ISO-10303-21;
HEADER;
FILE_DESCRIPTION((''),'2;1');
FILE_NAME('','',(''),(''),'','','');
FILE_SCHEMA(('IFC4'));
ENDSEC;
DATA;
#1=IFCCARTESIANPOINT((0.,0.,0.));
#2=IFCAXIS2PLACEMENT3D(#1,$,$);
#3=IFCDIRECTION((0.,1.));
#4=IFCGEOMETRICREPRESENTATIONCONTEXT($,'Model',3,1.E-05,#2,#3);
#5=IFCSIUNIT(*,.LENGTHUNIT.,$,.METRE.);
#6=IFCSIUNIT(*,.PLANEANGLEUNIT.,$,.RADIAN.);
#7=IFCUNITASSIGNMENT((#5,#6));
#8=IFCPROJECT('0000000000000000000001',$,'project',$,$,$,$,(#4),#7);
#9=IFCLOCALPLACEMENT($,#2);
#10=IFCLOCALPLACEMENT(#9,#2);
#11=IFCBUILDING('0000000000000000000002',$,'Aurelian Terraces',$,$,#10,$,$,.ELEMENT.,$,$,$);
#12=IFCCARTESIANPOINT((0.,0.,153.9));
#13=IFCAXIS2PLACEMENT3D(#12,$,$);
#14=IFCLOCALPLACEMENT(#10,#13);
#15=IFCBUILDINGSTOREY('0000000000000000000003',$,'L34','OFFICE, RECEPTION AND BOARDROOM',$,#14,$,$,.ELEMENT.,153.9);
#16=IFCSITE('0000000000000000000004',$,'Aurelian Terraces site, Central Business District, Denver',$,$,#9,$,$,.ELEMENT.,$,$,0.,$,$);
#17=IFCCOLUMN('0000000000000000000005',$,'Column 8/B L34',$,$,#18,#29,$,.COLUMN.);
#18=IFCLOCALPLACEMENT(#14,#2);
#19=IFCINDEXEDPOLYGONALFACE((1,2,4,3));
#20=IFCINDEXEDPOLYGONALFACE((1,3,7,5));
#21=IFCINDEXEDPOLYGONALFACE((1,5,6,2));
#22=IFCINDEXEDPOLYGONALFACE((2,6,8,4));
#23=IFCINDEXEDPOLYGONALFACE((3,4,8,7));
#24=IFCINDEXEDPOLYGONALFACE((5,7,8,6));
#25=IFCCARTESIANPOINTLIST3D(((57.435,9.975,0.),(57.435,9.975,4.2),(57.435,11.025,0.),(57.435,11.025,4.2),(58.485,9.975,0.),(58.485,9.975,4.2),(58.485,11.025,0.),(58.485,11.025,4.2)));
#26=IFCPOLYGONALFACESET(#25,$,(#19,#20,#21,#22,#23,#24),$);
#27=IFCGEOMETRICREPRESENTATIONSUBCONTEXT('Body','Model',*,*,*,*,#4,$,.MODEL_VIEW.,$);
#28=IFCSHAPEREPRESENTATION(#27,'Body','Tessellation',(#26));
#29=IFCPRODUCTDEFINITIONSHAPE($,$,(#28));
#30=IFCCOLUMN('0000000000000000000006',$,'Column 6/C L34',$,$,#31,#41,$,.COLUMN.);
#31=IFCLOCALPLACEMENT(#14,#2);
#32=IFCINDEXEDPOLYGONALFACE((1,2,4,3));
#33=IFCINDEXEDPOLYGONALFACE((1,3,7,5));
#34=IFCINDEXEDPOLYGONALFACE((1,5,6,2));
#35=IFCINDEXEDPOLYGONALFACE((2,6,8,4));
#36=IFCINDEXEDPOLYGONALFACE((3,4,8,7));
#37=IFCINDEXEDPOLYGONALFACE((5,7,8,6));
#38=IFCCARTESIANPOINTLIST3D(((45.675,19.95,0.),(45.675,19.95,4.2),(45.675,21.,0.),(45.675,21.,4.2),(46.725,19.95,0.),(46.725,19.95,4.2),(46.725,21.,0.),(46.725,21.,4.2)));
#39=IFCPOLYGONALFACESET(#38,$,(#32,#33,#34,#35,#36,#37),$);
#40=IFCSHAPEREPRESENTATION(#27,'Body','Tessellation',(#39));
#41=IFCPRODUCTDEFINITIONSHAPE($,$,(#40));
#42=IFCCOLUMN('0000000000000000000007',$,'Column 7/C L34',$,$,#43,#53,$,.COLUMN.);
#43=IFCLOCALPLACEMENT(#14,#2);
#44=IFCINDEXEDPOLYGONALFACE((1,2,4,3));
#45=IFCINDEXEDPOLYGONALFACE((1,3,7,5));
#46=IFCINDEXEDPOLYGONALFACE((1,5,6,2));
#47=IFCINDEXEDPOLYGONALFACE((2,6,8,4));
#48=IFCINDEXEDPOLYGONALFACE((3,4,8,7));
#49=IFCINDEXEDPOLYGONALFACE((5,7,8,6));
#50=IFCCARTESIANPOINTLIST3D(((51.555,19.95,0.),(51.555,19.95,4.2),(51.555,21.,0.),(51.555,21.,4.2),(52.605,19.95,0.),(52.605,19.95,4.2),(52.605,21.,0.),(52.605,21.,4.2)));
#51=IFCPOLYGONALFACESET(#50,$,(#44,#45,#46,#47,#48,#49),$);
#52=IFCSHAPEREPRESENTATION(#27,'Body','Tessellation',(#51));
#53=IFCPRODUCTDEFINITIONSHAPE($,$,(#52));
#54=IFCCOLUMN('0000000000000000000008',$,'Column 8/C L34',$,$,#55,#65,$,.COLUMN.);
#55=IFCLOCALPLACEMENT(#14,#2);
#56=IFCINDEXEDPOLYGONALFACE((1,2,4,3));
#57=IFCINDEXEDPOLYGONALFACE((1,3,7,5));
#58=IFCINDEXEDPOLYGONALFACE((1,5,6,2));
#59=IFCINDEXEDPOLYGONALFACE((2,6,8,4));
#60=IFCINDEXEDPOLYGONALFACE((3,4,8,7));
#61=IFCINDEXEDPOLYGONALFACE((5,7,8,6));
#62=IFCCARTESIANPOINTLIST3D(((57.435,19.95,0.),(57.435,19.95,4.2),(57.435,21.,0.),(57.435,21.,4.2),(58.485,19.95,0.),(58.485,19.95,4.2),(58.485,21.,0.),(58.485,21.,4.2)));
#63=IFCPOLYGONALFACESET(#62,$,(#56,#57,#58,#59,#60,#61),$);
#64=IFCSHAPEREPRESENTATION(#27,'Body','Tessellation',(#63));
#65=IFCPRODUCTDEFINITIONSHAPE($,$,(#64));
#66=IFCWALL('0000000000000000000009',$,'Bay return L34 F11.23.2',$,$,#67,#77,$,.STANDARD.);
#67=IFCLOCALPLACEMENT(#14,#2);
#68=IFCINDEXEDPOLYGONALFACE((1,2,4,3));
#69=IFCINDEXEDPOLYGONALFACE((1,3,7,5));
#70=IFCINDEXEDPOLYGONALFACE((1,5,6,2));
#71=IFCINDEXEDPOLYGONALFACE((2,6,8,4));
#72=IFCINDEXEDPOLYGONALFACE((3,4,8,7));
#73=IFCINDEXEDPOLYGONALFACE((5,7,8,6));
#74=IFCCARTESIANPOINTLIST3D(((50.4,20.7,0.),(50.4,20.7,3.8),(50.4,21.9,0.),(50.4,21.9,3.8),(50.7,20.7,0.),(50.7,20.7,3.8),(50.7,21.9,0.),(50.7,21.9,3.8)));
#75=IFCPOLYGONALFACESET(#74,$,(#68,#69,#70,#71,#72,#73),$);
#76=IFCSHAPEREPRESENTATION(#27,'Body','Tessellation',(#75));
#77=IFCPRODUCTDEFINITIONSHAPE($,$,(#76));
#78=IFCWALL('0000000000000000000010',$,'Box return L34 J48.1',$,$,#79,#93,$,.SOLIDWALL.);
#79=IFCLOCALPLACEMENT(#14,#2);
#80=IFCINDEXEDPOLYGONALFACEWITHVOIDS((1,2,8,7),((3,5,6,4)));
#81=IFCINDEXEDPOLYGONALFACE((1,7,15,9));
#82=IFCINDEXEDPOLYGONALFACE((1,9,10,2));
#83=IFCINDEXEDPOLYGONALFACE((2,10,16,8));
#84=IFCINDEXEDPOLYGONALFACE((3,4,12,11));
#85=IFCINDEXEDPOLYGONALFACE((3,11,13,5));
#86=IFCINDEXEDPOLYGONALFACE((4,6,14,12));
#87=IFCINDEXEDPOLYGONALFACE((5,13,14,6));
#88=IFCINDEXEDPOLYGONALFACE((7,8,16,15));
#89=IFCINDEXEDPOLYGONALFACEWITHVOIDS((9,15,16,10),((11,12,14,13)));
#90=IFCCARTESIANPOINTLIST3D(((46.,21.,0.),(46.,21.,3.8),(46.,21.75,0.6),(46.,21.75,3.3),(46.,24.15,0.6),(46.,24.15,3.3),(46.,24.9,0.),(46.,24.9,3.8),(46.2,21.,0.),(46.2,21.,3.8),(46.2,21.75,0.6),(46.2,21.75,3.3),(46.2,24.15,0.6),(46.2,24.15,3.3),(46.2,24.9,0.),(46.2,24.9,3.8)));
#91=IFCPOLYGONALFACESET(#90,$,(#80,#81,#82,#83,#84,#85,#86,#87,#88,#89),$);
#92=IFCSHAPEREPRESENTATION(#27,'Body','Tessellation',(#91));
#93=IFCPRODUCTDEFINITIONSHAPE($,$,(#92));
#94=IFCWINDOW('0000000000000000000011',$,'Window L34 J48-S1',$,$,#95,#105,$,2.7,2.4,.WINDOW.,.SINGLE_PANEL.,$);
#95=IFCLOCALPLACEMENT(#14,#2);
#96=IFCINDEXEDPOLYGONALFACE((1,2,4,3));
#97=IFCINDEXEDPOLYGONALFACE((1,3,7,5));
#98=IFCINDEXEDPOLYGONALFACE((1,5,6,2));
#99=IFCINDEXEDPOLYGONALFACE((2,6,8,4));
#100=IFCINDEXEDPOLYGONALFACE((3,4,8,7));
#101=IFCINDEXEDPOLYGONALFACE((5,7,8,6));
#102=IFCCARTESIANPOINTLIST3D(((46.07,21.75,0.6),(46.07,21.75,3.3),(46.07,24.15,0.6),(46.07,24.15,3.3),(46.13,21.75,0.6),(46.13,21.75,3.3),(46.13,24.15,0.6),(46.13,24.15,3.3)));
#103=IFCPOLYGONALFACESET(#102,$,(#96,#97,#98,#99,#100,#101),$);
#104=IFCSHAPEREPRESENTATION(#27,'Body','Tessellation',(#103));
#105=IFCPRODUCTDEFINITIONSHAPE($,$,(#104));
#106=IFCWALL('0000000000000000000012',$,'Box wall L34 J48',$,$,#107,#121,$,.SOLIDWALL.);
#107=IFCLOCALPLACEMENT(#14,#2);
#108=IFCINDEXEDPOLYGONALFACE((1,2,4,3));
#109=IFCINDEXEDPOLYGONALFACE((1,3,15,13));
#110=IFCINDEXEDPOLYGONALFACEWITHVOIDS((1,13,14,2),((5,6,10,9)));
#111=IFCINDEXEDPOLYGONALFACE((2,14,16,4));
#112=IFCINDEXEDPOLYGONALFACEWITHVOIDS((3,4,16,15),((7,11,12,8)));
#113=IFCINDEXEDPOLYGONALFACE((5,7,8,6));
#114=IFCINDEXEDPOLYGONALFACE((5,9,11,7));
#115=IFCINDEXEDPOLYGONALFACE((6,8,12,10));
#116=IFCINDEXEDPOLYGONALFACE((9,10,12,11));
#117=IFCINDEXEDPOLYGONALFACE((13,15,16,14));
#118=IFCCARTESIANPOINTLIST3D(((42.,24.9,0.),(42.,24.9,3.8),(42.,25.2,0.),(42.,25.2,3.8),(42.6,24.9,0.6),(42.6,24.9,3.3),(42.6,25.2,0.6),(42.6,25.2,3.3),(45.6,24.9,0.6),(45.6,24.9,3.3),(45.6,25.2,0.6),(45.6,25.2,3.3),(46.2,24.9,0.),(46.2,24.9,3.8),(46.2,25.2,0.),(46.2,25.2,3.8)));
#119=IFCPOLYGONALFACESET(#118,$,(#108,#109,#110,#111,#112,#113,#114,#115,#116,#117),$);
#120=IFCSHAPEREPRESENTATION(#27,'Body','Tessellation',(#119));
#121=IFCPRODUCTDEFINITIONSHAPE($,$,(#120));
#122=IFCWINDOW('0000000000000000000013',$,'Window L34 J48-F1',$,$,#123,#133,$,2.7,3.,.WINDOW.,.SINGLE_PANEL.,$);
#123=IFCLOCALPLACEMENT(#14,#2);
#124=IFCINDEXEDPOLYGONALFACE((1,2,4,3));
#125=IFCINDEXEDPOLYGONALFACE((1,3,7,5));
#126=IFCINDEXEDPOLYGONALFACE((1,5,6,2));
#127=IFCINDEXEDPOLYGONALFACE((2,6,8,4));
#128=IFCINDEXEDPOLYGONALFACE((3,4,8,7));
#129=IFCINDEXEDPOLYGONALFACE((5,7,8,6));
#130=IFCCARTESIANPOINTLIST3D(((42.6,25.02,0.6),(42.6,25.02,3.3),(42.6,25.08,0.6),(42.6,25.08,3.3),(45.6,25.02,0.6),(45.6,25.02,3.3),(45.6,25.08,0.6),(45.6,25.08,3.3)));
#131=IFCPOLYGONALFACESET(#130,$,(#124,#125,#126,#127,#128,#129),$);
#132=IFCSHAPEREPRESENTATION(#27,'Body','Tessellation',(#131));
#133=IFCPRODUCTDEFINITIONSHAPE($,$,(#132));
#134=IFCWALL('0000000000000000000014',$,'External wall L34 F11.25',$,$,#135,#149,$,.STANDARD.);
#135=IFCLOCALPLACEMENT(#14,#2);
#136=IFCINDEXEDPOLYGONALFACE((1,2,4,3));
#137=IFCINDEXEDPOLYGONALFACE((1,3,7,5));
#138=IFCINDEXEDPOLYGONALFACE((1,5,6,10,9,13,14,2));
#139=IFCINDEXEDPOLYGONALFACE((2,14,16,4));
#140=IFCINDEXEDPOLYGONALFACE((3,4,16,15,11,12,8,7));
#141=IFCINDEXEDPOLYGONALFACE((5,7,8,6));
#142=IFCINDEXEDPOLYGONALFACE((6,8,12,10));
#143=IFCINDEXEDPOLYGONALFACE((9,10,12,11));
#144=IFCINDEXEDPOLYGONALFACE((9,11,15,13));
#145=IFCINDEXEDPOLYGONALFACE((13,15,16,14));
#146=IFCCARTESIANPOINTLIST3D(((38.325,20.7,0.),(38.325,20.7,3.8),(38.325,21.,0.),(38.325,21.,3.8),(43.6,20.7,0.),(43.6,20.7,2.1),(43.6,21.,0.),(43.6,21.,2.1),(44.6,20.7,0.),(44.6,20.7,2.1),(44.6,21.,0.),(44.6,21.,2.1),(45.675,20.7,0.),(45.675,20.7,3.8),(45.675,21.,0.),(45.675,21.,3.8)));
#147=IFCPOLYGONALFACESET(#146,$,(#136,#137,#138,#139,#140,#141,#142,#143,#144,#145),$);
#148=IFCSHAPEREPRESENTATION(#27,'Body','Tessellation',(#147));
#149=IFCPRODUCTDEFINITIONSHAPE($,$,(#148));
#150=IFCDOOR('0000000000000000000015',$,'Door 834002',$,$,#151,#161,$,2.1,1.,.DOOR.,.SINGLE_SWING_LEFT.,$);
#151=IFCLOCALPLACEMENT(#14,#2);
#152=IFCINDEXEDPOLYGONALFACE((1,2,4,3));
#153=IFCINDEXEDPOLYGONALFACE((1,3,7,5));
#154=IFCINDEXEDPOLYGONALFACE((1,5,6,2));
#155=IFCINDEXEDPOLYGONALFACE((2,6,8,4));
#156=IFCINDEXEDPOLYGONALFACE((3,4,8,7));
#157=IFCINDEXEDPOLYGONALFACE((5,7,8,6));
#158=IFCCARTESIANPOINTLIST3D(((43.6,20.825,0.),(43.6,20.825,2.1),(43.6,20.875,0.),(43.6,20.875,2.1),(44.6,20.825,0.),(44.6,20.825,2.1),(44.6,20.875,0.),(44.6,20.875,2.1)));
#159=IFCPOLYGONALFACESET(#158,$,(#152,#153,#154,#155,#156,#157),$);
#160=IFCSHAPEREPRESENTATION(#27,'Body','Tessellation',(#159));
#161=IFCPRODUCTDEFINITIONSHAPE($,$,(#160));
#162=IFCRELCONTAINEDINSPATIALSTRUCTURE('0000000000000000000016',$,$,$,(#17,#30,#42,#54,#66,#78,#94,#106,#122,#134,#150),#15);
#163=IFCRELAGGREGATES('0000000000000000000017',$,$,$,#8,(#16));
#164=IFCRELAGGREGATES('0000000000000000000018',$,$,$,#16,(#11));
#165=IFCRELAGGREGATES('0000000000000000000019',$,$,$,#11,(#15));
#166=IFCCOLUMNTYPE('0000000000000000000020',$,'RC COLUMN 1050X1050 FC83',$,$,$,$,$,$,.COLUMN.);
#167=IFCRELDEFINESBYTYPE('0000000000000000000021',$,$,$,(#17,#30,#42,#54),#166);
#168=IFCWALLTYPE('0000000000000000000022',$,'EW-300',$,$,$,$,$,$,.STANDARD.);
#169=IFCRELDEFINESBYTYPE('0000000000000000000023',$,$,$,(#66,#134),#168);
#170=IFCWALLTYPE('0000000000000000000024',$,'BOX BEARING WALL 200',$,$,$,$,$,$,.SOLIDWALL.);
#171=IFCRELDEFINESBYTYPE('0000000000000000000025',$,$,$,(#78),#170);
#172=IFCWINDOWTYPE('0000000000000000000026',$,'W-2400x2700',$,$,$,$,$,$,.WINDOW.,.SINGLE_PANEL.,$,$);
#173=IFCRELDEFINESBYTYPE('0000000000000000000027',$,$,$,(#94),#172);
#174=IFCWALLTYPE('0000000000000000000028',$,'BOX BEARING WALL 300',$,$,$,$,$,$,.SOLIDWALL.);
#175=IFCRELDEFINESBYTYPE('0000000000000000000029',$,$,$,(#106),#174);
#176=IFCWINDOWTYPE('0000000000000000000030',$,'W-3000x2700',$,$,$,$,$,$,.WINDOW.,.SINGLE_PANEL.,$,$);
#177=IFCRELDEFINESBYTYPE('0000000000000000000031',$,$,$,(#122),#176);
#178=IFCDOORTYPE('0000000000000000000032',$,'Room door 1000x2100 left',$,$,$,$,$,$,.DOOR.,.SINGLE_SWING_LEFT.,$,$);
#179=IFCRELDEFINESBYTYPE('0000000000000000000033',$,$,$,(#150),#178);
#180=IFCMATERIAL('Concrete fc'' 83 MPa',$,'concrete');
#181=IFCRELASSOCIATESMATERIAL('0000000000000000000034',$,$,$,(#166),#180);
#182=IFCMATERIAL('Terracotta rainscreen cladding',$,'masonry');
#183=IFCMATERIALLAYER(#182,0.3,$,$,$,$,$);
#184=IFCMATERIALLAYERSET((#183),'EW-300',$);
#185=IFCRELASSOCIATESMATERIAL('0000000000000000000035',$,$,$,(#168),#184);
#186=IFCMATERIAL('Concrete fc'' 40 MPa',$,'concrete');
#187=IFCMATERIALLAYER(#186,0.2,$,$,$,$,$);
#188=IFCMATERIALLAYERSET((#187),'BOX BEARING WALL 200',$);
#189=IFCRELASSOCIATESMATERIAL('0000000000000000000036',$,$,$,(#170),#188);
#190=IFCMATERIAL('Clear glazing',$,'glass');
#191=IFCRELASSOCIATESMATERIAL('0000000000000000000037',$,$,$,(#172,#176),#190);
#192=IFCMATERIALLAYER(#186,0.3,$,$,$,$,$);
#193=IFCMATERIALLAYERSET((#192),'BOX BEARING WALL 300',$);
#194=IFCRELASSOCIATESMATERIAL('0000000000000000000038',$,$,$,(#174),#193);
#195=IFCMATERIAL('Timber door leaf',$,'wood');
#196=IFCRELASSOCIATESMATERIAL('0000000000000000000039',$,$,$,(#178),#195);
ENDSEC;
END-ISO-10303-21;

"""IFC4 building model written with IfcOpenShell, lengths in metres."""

from ifc_helpers import new_model, si_unit, direction, frame, frame_2d, origin, origin_2d, place, context, subcontext, project, spatial, rectangle, extrude, source, transform, mapped, material, layer, layer_set, material_profile, profile_set, type_object, element, fill, save


model = new_model("IFC4")

# Units and contexts
model_context = context("Model", 3, precision=1e-05, world=origin(), true_north=direction((0.0, 1.0)))
body_context = subcontext(model_context, "Body", "Model", "MODEL_VIEW")
ifc_project = project(units=[si_unit("LENGTHUNIT", "METRE"), si_unit("PLANEANGLEUNIT", "RADIAN")], contexts=[model_context])

# Site, building, storey
site_placement = place(None, origin())
site = spatial("IfcSite", under=ifc_project, at=site_placement, Name="Aurelian Terraces site, Central Business District, Denver", CompositionType="ELEMENT", RefElevation=0.0)
building_placement = place(site_placement, origin())
building = spatial("IfcBuilding", under=site, at=building_placement, Name="Aurelian Terraces", CompositionType="ELEMENT")
storey_placement = place(building_placement, frame((0.0, 0.0, 153.9)))
storey = spatial("IfcBuildingStorey", under=building, at=storey_placement, Name="L34", Description="OFFICE, RECEPTION AND BOARDROOM", CompositionType="ELEMENT", Elevation=153.9)

# Columns
ifc_material_1 = material(Name="Concrete fc' 83 MPa", Category="concrete")
ifc_material_profile = material_profile(ifc_material_1, rectangle(XDim=1.05, YDim=1.05, at=origin_2d()))
ifc_profile_set = profile_set([ifc_material_profile], Name="Concrete fc' 83 MPa")
column_type = type_object("IfcColumnType", Name="RC COLUMN 1050X1050 FC83", PredefinedType="COLUMN", material=ifc_profile_set)
shared_shape_1 = source(origin(), body_context, "Body", "SweptSolid", [
    extrude(rectangle(XDim=1.05, YDim=1.05, at=origin_2d()), origin(), (0.0, 0.0, 1.0), 4.2),
])
for number, where, z_axis, x_axis, name in (
    (1, (57.96, 10.5, 0.0), (0.0, 0.0, 1.0), (1.0, 0.0, 0.0), "Column 8/B L34"),
    (2, (46.2, 20.475, 0.0), (0.0, 0.0, 1.0), (1.0, 0.0, 0.0), "Column 6/C L34"),
    (3, (52.08, 20.475, 0.0), (0.0, 0.0, 1.0), (1.0, 0.0, 0.0), "Column 7/C L34"),
    (4, (57.96, 20.475, 0.0), (0.0, 0.0, 1.0), (1.0, 0.0, 0.0), "Column 8/C L34"),
):
    element("IfcColumn", number, at=place(storey_placement, frame(where, z_axis=z_axis, x_axis=x_axis)), inside=storey, type_object=column_type, Name=name, PredefinedType="COLUMN", context=body_context, shape_type="MappedRepresentation", body=[
        mapped(shared_shape_1, transform((0.0, 0.0, 0.0), scale=1.0)),
    ])

# Wall
ifc_material_2 = material(Name="Terracotta rainscreen cladding", Category="masonry")
ifc_layer_1 = layer(ifc_material_2, 0.3)
ifc_layer_set_1 = layer_set([ifc_layer_1], Name="EW-300")
wall_type_1 = type_object("IfcWallType", Name="EW-300", PredefinedType="STANDARD", material=ifc_layer_set_1)
shared_shape_2 = source(origin(), body_context, "Body", "SweptSolid", [
    extrude(rectangle(XDim=1.2, YDim=0.3, at=frame_2d((0.6, 0.0))), origin(), (0.0, 0.0, 1.0), 3.8),
])
wall_1_placement = place(storey_placement, frame((50.55, 20.7, 0.0), z_axis=(0.0, 0.0, 1.0), x_axis=(0.0, 1.0, 0.0)))
element("IfcWall", 5, at=wall_1_placement, inside=storey, type_object=wall_type_1, Name="Bay return L34 F11.23.2", PredefinedType="STANDARD", context=body_context, shape_type="MappedRepresentation", body=[
    mapped(shared_shape_2, transform((0.0, 0.0, 0.0), scale=1.0)),
])

# Walls, openings, windows
ifc_material_3 = material(Name="Concrete fc' 40 MPa", Category="concrete")
ifc_layer_2 = layer(ifc_material_3, 0.2)
ifc_layer_set_2 = layer_set([ifc_layer_2], Name="BOX BEARING WALL 200")
wall_type_2 = type_object("IfcWallType", Name="BOX BEARING WALL 200", PredefinedType="SOLIDWALL", material=ifc_layer_set_2)
shared_shape_3 = source(origin(), body_context, "Body", "SweptSolid", [
    extrude(rectangle(XDim=3.9, YDim=0.2, at=frame_2d((1.95, 0.0))), origin(), (0.0, 0.0, 1.0), 3.8),
])
wall_2_placement = place(storey_placement, frame((46.1, 21.0, 0.0), z_axis=(0.0, 0.0, 1.0), x_axis=(0.0, 1.0, 0.0)))
wall_2 = element("IfcWall", 6, at=wall_2_placement, inside=storey, type_object=wall_type_2, Name="Box return L34 J48.1", PredefinedType="SOLIDWALL", context=body_context, shape_type="MappedRepresentation", body=[
    mapped(shared_shape_3, transform((0.0, 0.0, 0.0), scale=1.0)),
])
shared_shape_4 = source(origin(), body_context, "Body", "SweptSolid", [
    extrude(rectangle(XDim=2.4, YDim=2.7, at=frame_2d((1.2, 1.35))), frame((0.0, 0.11, 0.0), z_axis=(0.0, -1.0, 0.0), x_axis=(1.0, 0.0, 0.0)), (0.0, 0.0, 1.0), 0.22),
])
opening_1_placement = place(wall_2_placement, frame((0.75, 0.0, 0.6)))
opening_1 = element("IfcOpeningElement", 7, at=opening_1_placement, cuts=wall_2, PredefinedType="OPENING", context=body_context, shape_type="MappedRepresentation", body=[
    mapped(shared_shape_4, transform((0.0, 0.0, 0.0), scale=1.0)),
])
ifc_material_4 = material(Name="Clear glazing", Category="glass")
window_type_1 = type_object("IfcWindowType", Name="W-2400x2700", PartitioningType="SINGLE_PANEL", PredefinedType="WINDOW", material=ifc_material_4)
shared_shape_5 = source(origin(), body_context, "Body", "SweptSolid", [
    extrude(rectangle(XDim=2.4, YDim=2.7, at=frame_2d((1.2, 1.35))), frame((0.0, 0.03, 0.0), z_axis=(0.0, -1.0, 0.0), x_axis=(1.0, 0.0, 0.0)), (0.0, 0.0, 1.0), 0.06),
])
window_1_placement = place(opening_1_placement, origin())
window_1 = element("IfcWindow", 8, at=window_1_placement, inside=storey, type_object=window_type_1, Name="Window L34 J48-S1", OverallHeight=2.7, OverallWidth=2.4, PartitioningType="SINGLE_PANEL", PredefinedType="WINDOW", context=body_context, shape_type="MappedRepresentation", body=[
    mapped(shared_shape_5, transform((0.0, 0.0, 0.0), scale=1.0)),
])
fill(opening_1, window_1)
ifc_layer_3 = layer(ifc_material_3, 0.3)
ifc_layer_set_3 = layer_set([ifc_layer_3], Name="BOX BEARING WALL 300")
wall_type_3 = type_object("IfcWallType", Name="BOX BEARING WALL 300", PredefinedType="SOLIDWALL", material=ifc_layer_set_3)
shared_shape_6 = source(origin(), body_context, "Body", "SweptSolid", [
    extrude(rectangle(XDim=4.2, YDim=0.3, at=frame_2d((2.1, 0.0))), origin(), (0.0, 0.0, 1.0), 3.8),
])
wall_3_placement = place(storey_placement, frame((46.2, 25.05, 0.0), z_axis=(0.0, 0.0, 1.0), x_axis=(-1.0, 0.0, 0.0)))
wall_3 = element("IfcWall", 9, at=wall_3_placement, inside=storey, type_object=wall_type_3, Name="Box wall L34 J48", PredefinedType="SOLIDWALL", context=body_context, shape_type="MappedRepresentation", body=[
    mapped(shared_shape_6, transform((0.0, 0.0, 0.0), scale=1.0)),
])
shared_shape_7 = source(origin(), body_context, "Body", "SweptSolid", [
    extrude(rectangle(XDim=3.0, YDim=2.7, at=frame_2d((1.5, 1.35))), frame((0.0, 0.16, 0.0), z_axis=(0.0, -1.0, 0.0), x_axis=(1.0, 0.0, 0.0)), (0.0, 0.0, 1.0), 0.32),
])
opening_2_placement = place(wall_3_placement, frame((0.6, 0.0, 0.6)))
opening_2 = element("IfcOpeningElement", 10, at=opening_2_placement, cuts=wall_3, PredefinedType="OPENING", context=body_context, shape_type="MappedRepresentation", body=[
    mapped(shared_shape_7, transform((0.0, 0.0, 0.0), scale=1.0)),
])
window_type_2 = type_object("IfcWindowType", Name="W-3000x2700", PartitioningType="SINGLE_PANEL", PredefinedType="WINDOW", material=ifc_material_4)
shared_shape_8 = source(origin(), body_context, "Body", "SweptSolid", [
    extrude(rectangle(XDim=3.0, YDim=2.7, at=frame_2d((1.5, 1.35))), frame((0.0, 0.03, 0.0), z_axis=(0.0, -1.0, 0.0), x_axis=(1.0, 0.0, 0.0)), (0.0, 0.0, 1.0), 0.06),
])
window_2_placement = place(opening_2_placement, origin())
window_2 = element("IfcWindow", 11, at=window_2_placement, inside=storey, type_object=window_type_2, Name="Window L34 J48-F1", OverallHeight=2.7, OverallWidth=3.0, PartitioningType="SINGLE_PANEL", PredefinedType="WINDOW", context=body_context, shape_type="MappedRepresentation", body=[
    mapped(shared_shape_8, transform((0.0, 0.0, 0.0), scale=1.0)),
])
fill(opening_2, window_2)

# Wall, opening, door
shared_shape_9 = source(origin(), body_context, "Body", "SweptSolid", [
    extrude(rectangle(XDim=7.35, YDim=0.3, at=frame_2d((3.675, 0.0))), origin(), (0.0, 0.0, 1.0), 3.8),
])
wall_4_placement = place(storey_placement, frame((45.675, 20.85, 0.0), z_axis=(0.0, 0.0, 1.0), x_axis=(-1.0, 0.0, 0.0)))
wall_4 = element("IfcWall", 12, at=wall_4_placement, inside=storey, type_object=wall_type_1, Name="External wall L34 F11.25", PredefinedType="STANDARD", context=body_context, shape_type="MappedRepresentation", body=[
    mapped(shared_shape_9, transform((0.0, 0.0, 0.0), scale=1.0)),
])
shared_shape_10 = source(origin(), body_context, "Body", "SweptSolid", [
    extrude(rectangle(XDim=1.0, YDim=2.1, at=frame_2d((0.5, 1.05))), frame((0.0, 0.16, 0.0), z_axis=(0.0, -1.0, 0.0), x_axis=(1.0, 0.0, 0.0)), (0.0, 0.0, 1.0), 0.32),
])
opening_3_placement = place(wall_4_placement, frame((1.075, 0.0, 0.0)))
opening_3 = element("IfcOpeningElement", 13, at=opening_3_placement, cuts=wall_4, PredefinedType="OPENING", context=body_context, shape_type="MappedRepresentation", body=[
    mapped(shared_shape_10, transform((0.0, 0.0, 0.0), scale=1.0)),
])
ifc_material_5 = material(Name="Timber door leaf", Category="wood")
door_type = type_object("IfcDoorType", Name="Room door 1000x2100 left", OperationType="SINGLE_SWING_LEFT", PredefinedType="DOOR", material=ifc_material_5)
shared_shape_11 = source(origin(), body_context, "Body", "SweptSolid", [
    extrude(rectangle(XDim=1.0, YDim=2.1, at=frame_2d((0.5, 1.05))), frame((0.0, 0.025, 0.0), z_axis=(0.0, -1.0, 0.0), x_axis=(1.0, 0.0, 0.0)), (0.0, 0.0, 1.0), 0.05),
])
door_placement = place(opening_3_placement, origin())
door = element("IfcDoor", 14, at=door_placement, inside=storey, type_object=door_type, Name="Door 834002", OperationType="SINGLE_SWING_LEFT", OverallHeight=2.1, OverallWidth=1.0, PredefinedType="DOOR", context=body_context, shape_type="MappedRepresentation", body=[
    mapped(shared_shape_11, transform((0.0, 0.0, 0.0), scale=1.0)),
])
fill(opening_3, door)

save(model, "model.ifc")
